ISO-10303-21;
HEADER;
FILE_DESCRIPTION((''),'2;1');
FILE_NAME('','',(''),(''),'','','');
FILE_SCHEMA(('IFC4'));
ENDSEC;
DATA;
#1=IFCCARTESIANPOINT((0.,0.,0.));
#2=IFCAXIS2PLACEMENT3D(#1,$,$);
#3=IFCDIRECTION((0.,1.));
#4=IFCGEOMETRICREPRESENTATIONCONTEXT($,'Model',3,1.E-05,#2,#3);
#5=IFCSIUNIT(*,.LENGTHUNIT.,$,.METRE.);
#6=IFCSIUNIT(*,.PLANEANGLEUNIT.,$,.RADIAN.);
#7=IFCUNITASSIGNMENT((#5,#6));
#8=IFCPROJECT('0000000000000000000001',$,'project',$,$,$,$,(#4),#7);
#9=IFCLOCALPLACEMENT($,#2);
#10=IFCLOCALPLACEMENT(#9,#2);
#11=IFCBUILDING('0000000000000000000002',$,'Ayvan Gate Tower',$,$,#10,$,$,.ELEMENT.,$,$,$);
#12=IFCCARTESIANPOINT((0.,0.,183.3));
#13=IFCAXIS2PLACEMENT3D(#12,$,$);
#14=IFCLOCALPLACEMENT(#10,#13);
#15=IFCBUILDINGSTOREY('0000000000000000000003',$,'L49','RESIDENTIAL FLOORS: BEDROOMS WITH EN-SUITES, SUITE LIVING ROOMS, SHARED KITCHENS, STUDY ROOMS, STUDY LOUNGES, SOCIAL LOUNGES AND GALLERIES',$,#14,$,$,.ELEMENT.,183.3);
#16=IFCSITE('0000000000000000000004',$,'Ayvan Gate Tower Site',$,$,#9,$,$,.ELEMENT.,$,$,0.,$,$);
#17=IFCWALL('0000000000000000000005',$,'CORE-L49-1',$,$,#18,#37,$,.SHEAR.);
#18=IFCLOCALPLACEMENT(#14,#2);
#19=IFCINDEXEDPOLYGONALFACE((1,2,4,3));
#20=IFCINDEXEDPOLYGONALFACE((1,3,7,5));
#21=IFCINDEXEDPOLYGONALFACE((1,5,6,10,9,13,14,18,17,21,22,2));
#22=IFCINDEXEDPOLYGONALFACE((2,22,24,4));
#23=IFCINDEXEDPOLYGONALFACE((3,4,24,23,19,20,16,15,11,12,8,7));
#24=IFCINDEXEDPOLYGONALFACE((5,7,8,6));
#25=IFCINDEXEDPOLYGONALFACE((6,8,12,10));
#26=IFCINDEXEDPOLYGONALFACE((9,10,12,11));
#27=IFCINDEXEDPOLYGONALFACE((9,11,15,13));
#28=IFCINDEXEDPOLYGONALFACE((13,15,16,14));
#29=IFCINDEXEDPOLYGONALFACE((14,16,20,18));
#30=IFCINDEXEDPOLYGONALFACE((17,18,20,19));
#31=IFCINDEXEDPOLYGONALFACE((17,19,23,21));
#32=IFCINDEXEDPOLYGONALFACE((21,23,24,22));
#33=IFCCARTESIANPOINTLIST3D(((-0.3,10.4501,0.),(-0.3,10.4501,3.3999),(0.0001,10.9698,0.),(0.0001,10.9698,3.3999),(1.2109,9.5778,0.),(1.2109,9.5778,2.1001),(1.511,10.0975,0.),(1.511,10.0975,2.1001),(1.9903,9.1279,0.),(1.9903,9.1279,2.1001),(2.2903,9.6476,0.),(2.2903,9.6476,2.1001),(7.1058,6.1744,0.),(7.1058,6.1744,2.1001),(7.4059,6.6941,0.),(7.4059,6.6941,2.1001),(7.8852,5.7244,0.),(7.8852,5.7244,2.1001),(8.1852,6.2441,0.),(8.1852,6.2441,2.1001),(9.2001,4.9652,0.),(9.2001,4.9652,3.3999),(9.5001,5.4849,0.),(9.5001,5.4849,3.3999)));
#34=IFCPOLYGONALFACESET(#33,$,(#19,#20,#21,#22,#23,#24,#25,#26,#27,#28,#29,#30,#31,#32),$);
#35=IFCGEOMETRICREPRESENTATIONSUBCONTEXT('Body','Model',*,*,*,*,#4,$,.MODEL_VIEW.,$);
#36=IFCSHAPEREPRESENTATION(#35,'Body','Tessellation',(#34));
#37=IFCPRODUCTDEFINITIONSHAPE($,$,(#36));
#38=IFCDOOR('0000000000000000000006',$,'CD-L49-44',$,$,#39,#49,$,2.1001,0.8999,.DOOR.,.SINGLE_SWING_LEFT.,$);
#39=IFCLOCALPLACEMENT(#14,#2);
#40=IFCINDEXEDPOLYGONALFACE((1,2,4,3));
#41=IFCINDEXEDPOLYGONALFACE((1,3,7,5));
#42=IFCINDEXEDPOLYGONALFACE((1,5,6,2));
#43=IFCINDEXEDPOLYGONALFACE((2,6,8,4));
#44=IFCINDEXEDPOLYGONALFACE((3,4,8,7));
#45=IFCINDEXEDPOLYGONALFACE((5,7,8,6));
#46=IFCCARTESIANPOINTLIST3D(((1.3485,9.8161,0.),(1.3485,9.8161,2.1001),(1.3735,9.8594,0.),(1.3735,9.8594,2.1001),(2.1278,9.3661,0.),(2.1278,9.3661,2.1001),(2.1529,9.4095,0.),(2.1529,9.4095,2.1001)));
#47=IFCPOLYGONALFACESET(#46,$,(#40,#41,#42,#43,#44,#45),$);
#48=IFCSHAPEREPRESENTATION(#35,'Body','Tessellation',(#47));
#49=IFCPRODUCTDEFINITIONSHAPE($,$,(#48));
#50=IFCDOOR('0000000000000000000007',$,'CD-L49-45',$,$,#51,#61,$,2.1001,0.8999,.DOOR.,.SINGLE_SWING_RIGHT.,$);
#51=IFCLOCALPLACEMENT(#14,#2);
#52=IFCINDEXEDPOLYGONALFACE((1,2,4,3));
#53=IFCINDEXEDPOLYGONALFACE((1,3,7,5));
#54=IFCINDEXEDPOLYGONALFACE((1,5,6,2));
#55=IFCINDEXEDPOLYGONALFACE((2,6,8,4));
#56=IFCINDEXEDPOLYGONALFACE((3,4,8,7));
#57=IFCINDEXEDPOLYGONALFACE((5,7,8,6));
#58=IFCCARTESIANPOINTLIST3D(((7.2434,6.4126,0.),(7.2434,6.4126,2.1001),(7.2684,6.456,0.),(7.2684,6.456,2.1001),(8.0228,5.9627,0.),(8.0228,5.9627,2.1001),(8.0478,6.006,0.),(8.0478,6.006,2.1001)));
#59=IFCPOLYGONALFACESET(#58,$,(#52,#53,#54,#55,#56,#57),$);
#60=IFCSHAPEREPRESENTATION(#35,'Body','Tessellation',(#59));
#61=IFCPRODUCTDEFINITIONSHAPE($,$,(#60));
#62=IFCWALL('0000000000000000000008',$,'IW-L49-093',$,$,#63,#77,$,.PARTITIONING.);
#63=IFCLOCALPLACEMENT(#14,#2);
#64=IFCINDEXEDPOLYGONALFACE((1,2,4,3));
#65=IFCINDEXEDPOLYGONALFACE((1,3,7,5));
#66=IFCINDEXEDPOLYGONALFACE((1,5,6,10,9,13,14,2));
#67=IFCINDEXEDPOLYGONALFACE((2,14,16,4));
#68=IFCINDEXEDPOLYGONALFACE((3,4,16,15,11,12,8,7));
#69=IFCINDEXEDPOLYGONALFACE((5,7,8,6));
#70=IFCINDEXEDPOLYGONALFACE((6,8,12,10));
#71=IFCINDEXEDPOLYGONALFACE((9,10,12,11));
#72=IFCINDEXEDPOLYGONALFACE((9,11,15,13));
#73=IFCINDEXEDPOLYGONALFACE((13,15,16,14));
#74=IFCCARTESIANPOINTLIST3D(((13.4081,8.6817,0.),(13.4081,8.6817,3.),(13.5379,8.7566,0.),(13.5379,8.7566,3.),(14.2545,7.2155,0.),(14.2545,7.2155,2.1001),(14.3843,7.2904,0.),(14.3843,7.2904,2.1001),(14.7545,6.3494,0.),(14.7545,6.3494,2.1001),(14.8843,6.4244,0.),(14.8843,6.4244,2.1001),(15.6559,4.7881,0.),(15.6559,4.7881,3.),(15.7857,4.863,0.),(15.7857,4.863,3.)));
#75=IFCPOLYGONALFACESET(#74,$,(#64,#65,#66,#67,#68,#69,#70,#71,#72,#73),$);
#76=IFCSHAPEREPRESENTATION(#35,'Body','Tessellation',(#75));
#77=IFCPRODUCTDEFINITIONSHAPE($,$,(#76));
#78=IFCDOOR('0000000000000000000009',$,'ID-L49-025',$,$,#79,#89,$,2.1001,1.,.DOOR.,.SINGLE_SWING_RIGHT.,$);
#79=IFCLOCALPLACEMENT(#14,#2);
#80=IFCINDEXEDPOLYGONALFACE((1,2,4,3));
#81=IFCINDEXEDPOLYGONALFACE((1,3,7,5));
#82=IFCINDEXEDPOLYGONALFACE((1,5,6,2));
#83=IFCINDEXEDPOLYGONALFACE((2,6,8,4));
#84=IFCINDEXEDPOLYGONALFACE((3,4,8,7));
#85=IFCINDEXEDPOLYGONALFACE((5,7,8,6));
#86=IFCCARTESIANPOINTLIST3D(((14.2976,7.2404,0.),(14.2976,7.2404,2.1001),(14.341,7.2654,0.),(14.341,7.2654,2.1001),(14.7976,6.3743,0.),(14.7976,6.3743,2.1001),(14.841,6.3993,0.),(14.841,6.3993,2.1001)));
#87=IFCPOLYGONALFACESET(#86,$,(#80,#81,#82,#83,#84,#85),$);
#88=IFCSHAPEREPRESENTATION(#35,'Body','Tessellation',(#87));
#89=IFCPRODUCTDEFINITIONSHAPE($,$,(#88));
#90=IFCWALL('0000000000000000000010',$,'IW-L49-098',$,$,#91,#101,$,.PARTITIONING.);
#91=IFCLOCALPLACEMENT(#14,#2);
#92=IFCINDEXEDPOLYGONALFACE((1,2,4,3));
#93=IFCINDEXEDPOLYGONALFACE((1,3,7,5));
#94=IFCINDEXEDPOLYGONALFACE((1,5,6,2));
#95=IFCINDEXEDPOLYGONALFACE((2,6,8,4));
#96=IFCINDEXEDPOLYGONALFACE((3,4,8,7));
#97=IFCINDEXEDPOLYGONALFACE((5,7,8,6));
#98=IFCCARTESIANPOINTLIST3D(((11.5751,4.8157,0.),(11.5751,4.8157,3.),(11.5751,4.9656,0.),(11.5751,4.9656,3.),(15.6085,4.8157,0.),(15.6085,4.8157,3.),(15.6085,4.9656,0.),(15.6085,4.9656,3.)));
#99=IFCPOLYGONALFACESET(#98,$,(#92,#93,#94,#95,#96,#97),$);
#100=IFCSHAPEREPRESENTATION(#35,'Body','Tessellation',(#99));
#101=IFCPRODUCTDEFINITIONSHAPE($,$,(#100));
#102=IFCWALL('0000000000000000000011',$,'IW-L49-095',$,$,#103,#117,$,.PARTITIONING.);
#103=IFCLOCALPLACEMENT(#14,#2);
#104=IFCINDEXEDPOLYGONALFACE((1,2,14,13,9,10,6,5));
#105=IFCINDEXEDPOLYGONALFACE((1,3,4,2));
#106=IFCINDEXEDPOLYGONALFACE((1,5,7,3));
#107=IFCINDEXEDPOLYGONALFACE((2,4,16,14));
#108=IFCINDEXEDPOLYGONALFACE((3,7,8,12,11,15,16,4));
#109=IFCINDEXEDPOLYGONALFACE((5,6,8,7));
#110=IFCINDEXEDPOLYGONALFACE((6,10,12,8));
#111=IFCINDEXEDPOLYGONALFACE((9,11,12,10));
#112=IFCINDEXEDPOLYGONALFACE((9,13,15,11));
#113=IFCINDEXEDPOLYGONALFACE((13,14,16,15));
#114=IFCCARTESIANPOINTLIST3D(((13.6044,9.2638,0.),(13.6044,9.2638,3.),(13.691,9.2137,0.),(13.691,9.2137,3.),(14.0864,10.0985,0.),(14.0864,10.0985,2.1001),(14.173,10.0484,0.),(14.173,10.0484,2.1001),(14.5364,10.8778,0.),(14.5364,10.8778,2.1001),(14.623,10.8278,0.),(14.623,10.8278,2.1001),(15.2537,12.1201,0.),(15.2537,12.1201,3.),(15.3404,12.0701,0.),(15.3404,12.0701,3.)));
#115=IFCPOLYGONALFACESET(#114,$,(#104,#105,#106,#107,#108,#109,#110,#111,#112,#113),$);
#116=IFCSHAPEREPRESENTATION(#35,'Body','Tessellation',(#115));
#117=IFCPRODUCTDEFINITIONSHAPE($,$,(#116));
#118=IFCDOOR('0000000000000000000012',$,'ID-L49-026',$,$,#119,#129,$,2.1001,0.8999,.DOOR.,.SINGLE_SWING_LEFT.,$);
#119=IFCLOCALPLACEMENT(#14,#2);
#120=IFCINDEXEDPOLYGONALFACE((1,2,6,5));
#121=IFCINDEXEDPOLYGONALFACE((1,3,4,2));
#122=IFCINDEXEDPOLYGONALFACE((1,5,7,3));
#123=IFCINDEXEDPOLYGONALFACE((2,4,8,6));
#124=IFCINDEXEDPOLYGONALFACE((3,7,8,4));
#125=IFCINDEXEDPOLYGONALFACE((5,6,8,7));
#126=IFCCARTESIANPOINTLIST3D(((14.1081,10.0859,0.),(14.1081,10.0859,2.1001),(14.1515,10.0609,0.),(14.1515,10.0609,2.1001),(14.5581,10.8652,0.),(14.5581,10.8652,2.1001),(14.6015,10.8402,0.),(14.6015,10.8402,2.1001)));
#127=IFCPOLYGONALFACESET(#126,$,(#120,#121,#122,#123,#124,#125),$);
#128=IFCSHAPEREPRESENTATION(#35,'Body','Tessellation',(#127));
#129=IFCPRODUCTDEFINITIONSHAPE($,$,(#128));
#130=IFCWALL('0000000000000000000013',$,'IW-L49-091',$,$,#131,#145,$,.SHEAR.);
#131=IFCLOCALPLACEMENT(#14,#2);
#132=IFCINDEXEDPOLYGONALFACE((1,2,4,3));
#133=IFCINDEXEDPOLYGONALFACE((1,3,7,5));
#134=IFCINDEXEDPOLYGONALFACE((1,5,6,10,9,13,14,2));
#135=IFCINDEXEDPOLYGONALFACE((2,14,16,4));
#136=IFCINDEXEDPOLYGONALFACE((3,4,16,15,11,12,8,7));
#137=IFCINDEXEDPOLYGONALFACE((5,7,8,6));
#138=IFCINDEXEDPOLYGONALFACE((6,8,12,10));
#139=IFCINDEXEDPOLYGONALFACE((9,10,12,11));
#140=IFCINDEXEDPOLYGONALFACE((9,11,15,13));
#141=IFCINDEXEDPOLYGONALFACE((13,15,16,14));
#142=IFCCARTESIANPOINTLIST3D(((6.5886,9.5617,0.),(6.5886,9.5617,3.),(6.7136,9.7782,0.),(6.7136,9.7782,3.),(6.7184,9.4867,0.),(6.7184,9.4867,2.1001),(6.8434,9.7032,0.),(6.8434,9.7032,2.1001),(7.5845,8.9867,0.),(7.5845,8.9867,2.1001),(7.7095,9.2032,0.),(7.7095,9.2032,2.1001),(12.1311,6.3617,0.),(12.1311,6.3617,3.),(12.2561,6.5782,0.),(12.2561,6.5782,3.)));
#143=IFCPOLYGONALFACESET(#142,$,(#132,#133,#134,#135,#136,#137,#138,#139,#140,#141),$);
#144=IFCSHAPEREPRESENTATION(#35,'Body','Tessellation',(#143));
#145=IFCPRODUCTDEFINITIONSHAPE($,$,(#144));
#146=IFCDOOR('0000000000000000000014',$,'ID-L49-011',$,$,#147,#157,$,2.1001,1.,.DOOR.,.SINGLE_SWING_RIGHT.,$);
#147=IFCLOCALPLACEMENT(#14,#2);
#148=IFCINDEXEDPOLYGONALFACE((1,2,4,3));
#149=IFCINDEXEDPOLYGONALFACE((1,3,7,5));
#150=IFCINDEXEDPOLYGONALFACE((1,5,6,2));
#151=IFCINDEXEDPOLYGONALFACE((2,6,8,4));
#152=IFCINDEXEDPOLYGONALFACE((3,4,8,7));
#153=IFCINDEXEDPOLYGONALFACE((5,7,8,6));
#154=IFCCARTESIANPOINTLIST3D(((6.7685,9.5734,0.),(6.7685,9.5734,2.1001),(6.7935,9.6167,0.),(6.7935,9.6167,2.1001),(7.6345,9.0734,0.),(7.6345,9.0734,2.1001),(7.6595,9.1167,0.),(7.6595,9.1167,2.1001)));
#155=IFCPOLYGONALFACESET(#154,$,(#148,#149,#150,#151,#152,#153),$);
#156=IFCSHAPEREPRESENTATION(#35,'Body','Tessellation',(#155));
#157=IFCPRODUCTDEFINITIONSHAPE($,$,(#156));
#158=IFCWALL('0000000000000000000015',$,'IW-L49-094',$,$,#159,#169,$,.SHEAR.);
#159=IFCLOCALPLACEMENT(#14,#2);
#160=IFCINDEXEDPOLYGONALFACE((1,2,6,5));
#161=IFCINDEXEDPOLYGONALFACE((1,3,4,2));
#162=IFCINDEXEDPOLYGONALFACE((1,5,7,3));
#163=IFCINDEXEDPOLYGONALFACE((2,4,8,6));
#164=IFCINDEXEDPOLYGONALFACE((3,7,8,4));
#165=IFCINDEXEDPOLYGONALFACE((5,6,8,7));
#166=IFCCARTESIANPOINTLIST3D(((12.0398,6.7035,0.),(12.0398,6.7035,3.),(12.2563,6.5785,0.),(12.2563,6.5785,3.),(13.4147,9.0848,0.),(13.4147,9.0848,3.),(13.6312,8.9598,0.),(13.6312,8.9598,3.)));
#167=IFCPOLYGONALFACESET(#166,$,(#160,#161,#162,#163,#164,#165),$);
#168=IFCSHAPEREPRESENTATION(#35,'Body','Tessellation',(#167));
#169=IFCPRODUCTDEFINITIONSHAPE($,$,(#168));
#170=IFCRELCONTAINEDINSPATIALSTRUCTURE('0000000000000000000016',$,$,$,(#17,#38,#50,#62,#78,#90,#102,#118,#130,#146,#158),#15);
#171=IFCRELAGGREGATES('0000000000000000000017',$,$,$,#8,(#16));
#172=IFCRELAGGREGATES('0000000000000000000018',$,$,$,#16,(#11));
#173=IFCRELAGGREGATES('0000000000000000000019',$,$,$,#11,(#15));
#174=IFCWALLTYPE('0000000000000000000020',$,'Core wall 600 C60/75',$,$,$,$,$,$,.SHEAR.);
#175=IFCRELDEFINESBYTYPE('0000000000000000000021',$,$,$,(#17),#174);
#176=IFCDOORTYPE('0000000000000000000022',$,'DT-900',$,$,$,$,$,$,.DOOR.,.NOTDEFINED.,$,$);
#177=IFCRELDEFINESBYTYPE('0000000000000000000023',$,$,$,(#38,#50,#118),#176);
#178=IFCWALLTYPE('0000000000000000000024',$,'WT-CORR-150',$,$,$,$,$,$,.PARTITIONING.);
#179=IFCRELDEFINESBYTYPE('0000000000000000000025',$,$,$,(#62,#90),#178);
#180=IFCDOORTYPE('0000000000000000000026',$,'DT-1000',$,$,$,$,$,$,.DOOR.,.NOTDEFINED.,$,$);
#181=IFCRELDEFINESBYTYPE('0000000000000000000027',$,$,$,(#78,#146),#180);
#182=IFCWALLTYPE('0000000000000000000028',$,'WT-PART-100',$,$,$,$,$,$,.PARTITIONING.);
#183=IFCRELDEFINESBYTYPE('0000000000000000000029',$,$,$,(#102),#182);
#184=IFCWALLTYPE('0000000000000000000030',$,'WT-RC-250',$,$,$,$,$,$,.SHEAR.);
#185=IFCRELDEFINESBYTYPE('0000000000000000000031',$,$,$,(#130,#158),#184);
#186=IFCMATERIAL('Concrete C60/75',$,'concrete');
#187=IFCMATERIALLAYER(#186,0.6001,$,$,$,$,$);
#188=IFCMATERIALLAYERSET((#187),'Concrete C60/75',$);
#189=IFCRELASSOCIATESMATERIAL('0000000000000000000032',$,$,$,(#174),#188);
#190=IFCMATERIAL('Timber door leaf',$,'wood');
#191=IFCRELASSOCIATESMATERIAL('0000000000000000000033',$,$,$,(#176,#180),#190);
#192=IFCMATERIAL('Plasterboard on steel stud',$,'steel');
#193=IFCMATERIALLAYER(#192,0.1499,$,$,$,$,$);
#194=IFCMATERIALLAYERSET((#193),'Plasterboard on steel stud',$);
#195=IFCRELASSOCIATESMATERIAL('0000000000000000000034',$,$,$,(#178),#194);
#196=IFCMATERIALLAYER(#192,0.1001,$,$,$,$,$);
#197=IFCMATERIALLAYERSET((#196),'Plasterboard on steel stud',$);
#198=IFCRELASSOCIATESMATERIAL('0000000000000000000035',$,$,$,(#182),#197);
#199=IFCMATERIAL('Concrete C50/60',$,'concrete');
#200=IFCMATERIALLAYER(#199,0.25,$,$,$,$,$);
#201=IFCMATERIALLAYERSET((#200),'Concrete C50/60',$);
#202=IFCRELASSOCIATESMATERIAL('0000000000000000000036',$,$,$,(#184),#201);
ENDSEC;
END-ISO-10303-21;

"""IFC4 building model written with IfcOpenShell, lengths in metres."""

from ifc_helpers import new_model, si_unit, direction, frame, frame_2d, origin, place, context, subcontext, project, spatial, rectangle, extrude, material, layer, layer_set, type_object, element, fill, save


model = new_model("IFC4")

# Units and contexts
model_context = context("Model", 3, precision=1e-05, world=origin(), true_north=direction((0.0, 1.0)))
body_context = subcontext(model_context, "Body", "Model", "MODEL_VIEW")
ifc_project = project(units=[si_unit("LENGTHUNIT", "METRE"), si_unit("PLANEANGLEUNIT", "RADIAN")], contexts=[model_context])

# Site, building, storey
site_placement = place(None, origin())
site = spatial("IfcSite", under=ifc_project, at=site_placement, Name="Ayvan Gate Tower Site", CompositionType="ELEMENT", RefElevation=0.0)
building_placement = place(site_placement, origin())
building = spatial("IfcBuilding", under=site, at=building_placement, Name="Ayvan Gate Tower", CompositionType="ELEMENT")
storey_placement = place(building_placement, frame((0.0, 0.0, 183.3)))
storey = spatial("IfcBuildingStorey", under=building, at=storey_placement, Name="L49", Description="RESIDENTIAL FLOORS: BEDROOMS WITH EN-SUITES, SUITE LIVING ROOMS, SHARED KITCHENS, STUDY ROOMS, STUDY LOUNGES, SOCIAL LOUNGES AND GALLERIES", CompositionType="ELEMENT", Elevation=183.3)

# Wall, openings, doors
ifc_material_1 = material(Name="Concrete C60/75", Category="concrete")
ifc_layer_1 = layer(ifc_material_1, 0.6001)
ifc_layer_set_1 = layer_set([ifc_layer_1], Name="Concrete C60/75")
wall_type_1 = type_object("IfcWallType", Name="Core wall 600 C60/75", PredefinedType="SHEAR", material=ifc_layer_set_1)
wall_1_placement = place(storey_placement, frame((9.3501, 5.2251, 0.0), z_axis=(0.0, 0.0, 1.0), x_axis=(-0.866024, 0.500002, 0.0)))
wall_1 = element("IfcWall", 1, at=wall_1_placement, inside=storey, type_object=wall_type_1, Name="CORE-L49-1", PredefinedType="SHEAR", context=body_context, shape_type="SweptSolid", body=[
    extrude(rectangle(XDim=10.9697, YDim=0.6001, at=frame_2d((5.4849, 0.0))), origin(), (0.0, 0.0, 1.0), 3.3999),
])
opening_1_placement = place(wall_1_placement, frame((8.3252, 0.0, 0.0)))
opening_1 = element("IfcOpeningElement", 2, at=opening_1_placement, cuts=wall_1, PredefinedType="OPENING", context=body_context, shape_type="SweptSolid", body=[
    extrude(rectangle(XDim=0.8999, YDim=2.1001, at=frame_2d((0.45, 1.05))), frame((0.0, 0.3101, 0.0), z_axis=(0.0, -1.0, 0.0), x_axis=(1.0, 0.0, 0.0)), (0.0, 0.0, 1.0), 0.6201),
])
opening_2_placement = place(wall_1_placement, frame((1.5183, 0.0, 0.0)))
opening_2 = element("IfcOpeningElement", 3, at=opening_2_placement, cuts=wall_1, PredefinedType="OPENING", context=body_context, shape_type="SweptSolid", body=[
    extrude(rectangle(XDim=0.8999, YDim=2.1001, at=frame_2d((0.45, 1.05))), frame((0.0, 0.3101, 0.0), z_axis=(0.0, -1.0, 0.0), x_axis=(1.0, 0.0, 0.0)), (0.0, 0.0, 1.0), 0.6201),
])
ifc_material_2 = material(Name="Timber door leaf", Category="wood")
door_type_1 = type_object("IfcDoorType", Name="DT-900", OperationType="NOTDEFINED", PredefinedType="DOOR", material=ifc_material_2)
door_1_placement = place(opening_1_placement, origin())
door_1 = element("IfcDoor", 4, at=door_1_placement, inside=storey, type_object=door_type_1, Name="CD-L49-44", OperationType="SINGLE_SWING_LEFT", OverallHeight=2.1001, OverallWidth=0.8999, PredefinedType="DOOR", context=body_context, shape_type="SweptSolid", body=[
    extrude(rectangle(XDim=0.8999, YDim=2.1001, at=frame_2d((0.45, 1.05))), frame((0.0, 0.0249, 0.0), z_axis=(0.0, -1.0, 0.0), x_axis=(1.0, 0.0, 0.0)), (0.0, 0.0, 1.0), 0.05),
])
fill(opening_1, door_1)
door_2_placement = place(opening_2_placement, origin())
door_2 = element("IfcDoor", 5, at=door_2_placement, inside=storey, type_object=door_type_1, Name="CD-L49-45", OperationType="SINGLE_SWING_RIGHT", OverallHeight=2.1001, OverallWidth=0.8999, PredefinedType="DOOR", context=body_context, shape_type="SweptSolid", body=[
    extrude(rectangle(XDim=0.8999, YDim=2.1001, at=frame_2d((0.45, 1.05))), frame((0.0, 0.0249, 0.0), z_axis=(0.0, -1.0, 0.0), x_axis=(1.0, 0.0, 0.0)), (0.0, 0.0, 1.0), 0.05),
])
fill(opening_2, door_2)

# Wall, opening, door
ifc_material_3 = material(Name="Plasterboard on steel stud", Category="steel")
ifc_layer_2 = layer(ifc_material_3, 0.1499)
ifc_layer_set_2 = layer_set([ifc_layer_2], Name="Plasterboard on steel stud")
wall_type_2 = type_object("IfcWallType", Name="WT-CORR-150", PredefinedType="PARTITIONING", material=ifc_layer_set_2)
wall_2_placement = place(storey_placement, frame((13.4729, 8.7192, 0.0), z_axis=(0.0, 0.0, 1.0), x_axis=(0.499976, -0.866039, 0.0)))
wall_2 = element("IfcWall", 6, at=wall_2_placement, inside=storey, type_object=wall_type_2, Name="IW-L49-093", PredefinedType="PARTITIONING", context=body_context, shape_type="SweptSolid", body=[
    extrude(rectangle(XDim=4.4958, YDim=0.1499, at=frame_2d((2.248, 0.0))), origin(), (0.0, 0.0, 1.0), 3.0),
])
opening_3_placement = place(wall_2_placement, frame((1.6931, 0.0, 0.0)))
opening_3 = element("IfcOpeningElement", 7, at=opening_3_placement, cuts=wall_2, PredefinedType="OPENING", context=body_context, shape_type="SweptSolid", body=[
    extrude(rectangle(XDim=1.0, YDim=2.1001, at=frame_2d((0.5, 1.05))), frame((0.0, 0.085, 0.0), z_axis=(0.0, -1.0, 0.0), x_axis=(1.0, 0.0, 0.0)), (0.0, 0.0, 1.0), 0.1699),
])
door_type_2 = type_object("IfcDoorType", Name="DT-1000", OperationType="NOTDEFINED", PredefinedType="DOOR", material=ifc_material_2)
door_3_placement = place(opening_3_placement, origin())
door_3 = element("IfcDoor", 8, at=door_3_placement, inside=storey, type_object=door_type_2, Name="ID-L49-025", OperationType="SINGLE_SWING_RIGHT", OverallHeight=2.1001, OverallWidth=1.0, PredefinedType="DOOR", context=body_context, shape_type="SweptSolid", body=[
    extrude(rectangle(XDim=1.0, YDim=2.1001, at=frame_2d((0.5, 1.05))), frame((0.0, 0.0249, 0.0), z_axis=(0.0, -1.0, 0.0), x_axis=(1.0, 0.0, 0.0)), (0.0, 0.0, 1.0), 0.05),
])
fill(opening_3, door_3)

# Wall
wall_3_placement = place(storey_placement, frame((15.6084, 4.8906, 0.0), z_axis=(0.0, 0.0, 1.0), x_axis=(-1.0, 0.0, 0.0)))
element("IfcWall", 9, at=wall_3_placement, inside=storey, type_object=wall_type_2, Name="IW-L49-098", PredefinedType="PARTITIONING", context=body_context, shape_type="SweptSolid", body=[
    extrude(rectangle(XDim=4.0334, YDim=0.1499, at=frame_2d((2.0166, 0.0))), origin(), (0.0, 0.0, 1.0), 3.0),
])

# Walls, openings, doors
ifc_layer_3 = layer(ifc_material_3, 0.1001)
ifc_layer_set_3 = layer_set([ifc_layer_3], Name="Plasterboard on steel stud")
wall_type_3 = type_object("IfcWallType", Name="WT-PART-100", PredefinedType="PARTITIONING", material=ifc_layer_set_3)
wall_4_placement = place(storey_placement, frame((13.6477, 9.2388, 0.0), z_axis=(0.0, 0.0, 1.0), x_axis=(0.500056, 0.865993, 0.0)))
wall_4 = element("IfcWall", 10, at=wall_4_placement, inside=storey, type_object=wall_type_3, Name="IW-L49-095", PredefinedType="PARTITIONING", context=body_context, shape_type="SweptSolid", body=[
    extrude(rectangle(XDim=3.2983, YDim=0.1001, at=frame_2d((1.6492, 0.0))), origin(), (0.0, 0.0, 1.0), 3.0),
])
opening_4_placement = place(wall_4_placement, frame((0.9639, 0.0, 0.0)))
opening_4 = element("IfcOpeningElement", 11, at=opening_4_placement, cuts=wall_4, PredefinedType="OPENING", context=body_context, shape_type="SweptSolid", body=[
    extrude(rectangle(XDim=0.8999, YDim=2.1001, at=frame_2d((0.45, 1.05))), frame((0.0, 0.0601, 0.0), z_axis=(0.0, -1.0, 0.0), x_axis=(1.0, 0.0, 0.0)), (0.0, 0.0, 1.0), 0.1201),
])
door_4_placement = place(opening_4_placement, origin())
door_4 = element("IfcDoor", 12, at=door_4_placement, inside=storey, type_object=door_type_1, Name="ID-L49-026", OperationType="SINGLE_SWING_LEFT", OverallHeight=2.1001, OverallWidth=0.8999, PredefinedType="DOOR", context=body_context, shape_type="SweptSolid", body=[
    extrude(rectangle(XDim=0.8999, YDim=2.1001, at=frame_2d((0.45, 1.05))), frame((0.0, 0.0249, 0.0), z_axis=(0.0, -1.0, 0.0), x_axis=(1.0, 0.0, 0.0)), (0.0, 0.0, 1.0), 0.05),
])
fill(opening_4, door_4)
ifc_material_4 = material(Name="Concrete C50/60", Category="concrete")
ifc_layer_4 = layer(ifc_material_4, 0.25)
ifc_layer_set_4 = layer_set([ifc_layer_4], Name="Concrete C50/60")
wall_type_4 = type_object("IfcWallType", Name="WT-RC-250", PredefinedType="SHEAR", material=ifc_layer_set_4)
wall_5_placement = place(storey_placement, frame((12.1936, 6.47, 0.0), z_axis=(0.0, 0.0, 1.0), x_axis=(-0.866025, 0.5, 0.0)))
wall_5 = element("IfcWall", 13, at=wall_5_placement, inside=storey, type_object=wall_type_4, Name="IW-L49-091", PredefinedType="SHEAR", context=body_context, shape_type="SweptSolid", body=[
    extrude(rectangle(XDim=6.3999, YDim=0.25, at=frame_2d((3.2, 0.0))), origin(), (0.0, 0.0, 1.0), 3.0),
])
opening_5_placement = place(wall_5_placement, frame((5.25, 0.0, 0.0)))
opening_5 = element("IfcOpeningElement", 14, at=opening_5_placement, cuts=wall_5, PredefinedType="OPENING", context=body_context, shape_type="SweptSolid", body=[
    extrude(rectangle(XDim=1.0, YDim=2.1001, at=frame_2d((0.5, 1.05))), frame((0.0, 0.135, 0.0), z_axis=(0.0, -1.0, 0.0), x_axis=(1.0, 0.0, 0.0)), (0.0, 0.0, 1.0), 0.27),
])
door_5_placement = place(opening_5_placement, origin())
door_5 = element("IfcDoor", 15, at=door_5_placement, inside=storey, type_object=door_type_2, Name="ID-L49-011", OperationType="SINGLE_SWING_RIGHT", OverallHeight=2.1001, OverallWidth=1.0, PredefinedType="DOOR", context=body_context, shape_type="SweptSolid", body=[
    extrude(rectangle(XDim=1.0, YDim=2.1001, at=frame_2d((0.5, 1.05))), frame((0.0, 0.0249, 0.0), z_axis=(0.0, -1.0, 0.0), x_axis=(1.0, 0.0, 0.0)), (0.0, 0.0, 1.0), 0.05),
])
fill(opening_5, door_5)

# Wall
wall_6_placement = place(storey_placement, frame((12.1479, 6.6409, 0.0), z_axis=(0.0, 0.0, 1.0), x_axis=(0.500035, 0.866005, 0.0)))
element("IfcWall", 16, at=wall_6_placement, inside=storey, type_object=wall_type_4, Name="IW-L49-094", PredefinedType="SHEAR", context=body_context, shape_type="SweptSolid", body=[
    extrude(rectangle(XDim=2.7498, YDim=0.25, at=frame_2d((1.375, 0.0))), origin(), (0.0, 0.0, 1.0), 3.0),
])

save(model, "model.ifc")
